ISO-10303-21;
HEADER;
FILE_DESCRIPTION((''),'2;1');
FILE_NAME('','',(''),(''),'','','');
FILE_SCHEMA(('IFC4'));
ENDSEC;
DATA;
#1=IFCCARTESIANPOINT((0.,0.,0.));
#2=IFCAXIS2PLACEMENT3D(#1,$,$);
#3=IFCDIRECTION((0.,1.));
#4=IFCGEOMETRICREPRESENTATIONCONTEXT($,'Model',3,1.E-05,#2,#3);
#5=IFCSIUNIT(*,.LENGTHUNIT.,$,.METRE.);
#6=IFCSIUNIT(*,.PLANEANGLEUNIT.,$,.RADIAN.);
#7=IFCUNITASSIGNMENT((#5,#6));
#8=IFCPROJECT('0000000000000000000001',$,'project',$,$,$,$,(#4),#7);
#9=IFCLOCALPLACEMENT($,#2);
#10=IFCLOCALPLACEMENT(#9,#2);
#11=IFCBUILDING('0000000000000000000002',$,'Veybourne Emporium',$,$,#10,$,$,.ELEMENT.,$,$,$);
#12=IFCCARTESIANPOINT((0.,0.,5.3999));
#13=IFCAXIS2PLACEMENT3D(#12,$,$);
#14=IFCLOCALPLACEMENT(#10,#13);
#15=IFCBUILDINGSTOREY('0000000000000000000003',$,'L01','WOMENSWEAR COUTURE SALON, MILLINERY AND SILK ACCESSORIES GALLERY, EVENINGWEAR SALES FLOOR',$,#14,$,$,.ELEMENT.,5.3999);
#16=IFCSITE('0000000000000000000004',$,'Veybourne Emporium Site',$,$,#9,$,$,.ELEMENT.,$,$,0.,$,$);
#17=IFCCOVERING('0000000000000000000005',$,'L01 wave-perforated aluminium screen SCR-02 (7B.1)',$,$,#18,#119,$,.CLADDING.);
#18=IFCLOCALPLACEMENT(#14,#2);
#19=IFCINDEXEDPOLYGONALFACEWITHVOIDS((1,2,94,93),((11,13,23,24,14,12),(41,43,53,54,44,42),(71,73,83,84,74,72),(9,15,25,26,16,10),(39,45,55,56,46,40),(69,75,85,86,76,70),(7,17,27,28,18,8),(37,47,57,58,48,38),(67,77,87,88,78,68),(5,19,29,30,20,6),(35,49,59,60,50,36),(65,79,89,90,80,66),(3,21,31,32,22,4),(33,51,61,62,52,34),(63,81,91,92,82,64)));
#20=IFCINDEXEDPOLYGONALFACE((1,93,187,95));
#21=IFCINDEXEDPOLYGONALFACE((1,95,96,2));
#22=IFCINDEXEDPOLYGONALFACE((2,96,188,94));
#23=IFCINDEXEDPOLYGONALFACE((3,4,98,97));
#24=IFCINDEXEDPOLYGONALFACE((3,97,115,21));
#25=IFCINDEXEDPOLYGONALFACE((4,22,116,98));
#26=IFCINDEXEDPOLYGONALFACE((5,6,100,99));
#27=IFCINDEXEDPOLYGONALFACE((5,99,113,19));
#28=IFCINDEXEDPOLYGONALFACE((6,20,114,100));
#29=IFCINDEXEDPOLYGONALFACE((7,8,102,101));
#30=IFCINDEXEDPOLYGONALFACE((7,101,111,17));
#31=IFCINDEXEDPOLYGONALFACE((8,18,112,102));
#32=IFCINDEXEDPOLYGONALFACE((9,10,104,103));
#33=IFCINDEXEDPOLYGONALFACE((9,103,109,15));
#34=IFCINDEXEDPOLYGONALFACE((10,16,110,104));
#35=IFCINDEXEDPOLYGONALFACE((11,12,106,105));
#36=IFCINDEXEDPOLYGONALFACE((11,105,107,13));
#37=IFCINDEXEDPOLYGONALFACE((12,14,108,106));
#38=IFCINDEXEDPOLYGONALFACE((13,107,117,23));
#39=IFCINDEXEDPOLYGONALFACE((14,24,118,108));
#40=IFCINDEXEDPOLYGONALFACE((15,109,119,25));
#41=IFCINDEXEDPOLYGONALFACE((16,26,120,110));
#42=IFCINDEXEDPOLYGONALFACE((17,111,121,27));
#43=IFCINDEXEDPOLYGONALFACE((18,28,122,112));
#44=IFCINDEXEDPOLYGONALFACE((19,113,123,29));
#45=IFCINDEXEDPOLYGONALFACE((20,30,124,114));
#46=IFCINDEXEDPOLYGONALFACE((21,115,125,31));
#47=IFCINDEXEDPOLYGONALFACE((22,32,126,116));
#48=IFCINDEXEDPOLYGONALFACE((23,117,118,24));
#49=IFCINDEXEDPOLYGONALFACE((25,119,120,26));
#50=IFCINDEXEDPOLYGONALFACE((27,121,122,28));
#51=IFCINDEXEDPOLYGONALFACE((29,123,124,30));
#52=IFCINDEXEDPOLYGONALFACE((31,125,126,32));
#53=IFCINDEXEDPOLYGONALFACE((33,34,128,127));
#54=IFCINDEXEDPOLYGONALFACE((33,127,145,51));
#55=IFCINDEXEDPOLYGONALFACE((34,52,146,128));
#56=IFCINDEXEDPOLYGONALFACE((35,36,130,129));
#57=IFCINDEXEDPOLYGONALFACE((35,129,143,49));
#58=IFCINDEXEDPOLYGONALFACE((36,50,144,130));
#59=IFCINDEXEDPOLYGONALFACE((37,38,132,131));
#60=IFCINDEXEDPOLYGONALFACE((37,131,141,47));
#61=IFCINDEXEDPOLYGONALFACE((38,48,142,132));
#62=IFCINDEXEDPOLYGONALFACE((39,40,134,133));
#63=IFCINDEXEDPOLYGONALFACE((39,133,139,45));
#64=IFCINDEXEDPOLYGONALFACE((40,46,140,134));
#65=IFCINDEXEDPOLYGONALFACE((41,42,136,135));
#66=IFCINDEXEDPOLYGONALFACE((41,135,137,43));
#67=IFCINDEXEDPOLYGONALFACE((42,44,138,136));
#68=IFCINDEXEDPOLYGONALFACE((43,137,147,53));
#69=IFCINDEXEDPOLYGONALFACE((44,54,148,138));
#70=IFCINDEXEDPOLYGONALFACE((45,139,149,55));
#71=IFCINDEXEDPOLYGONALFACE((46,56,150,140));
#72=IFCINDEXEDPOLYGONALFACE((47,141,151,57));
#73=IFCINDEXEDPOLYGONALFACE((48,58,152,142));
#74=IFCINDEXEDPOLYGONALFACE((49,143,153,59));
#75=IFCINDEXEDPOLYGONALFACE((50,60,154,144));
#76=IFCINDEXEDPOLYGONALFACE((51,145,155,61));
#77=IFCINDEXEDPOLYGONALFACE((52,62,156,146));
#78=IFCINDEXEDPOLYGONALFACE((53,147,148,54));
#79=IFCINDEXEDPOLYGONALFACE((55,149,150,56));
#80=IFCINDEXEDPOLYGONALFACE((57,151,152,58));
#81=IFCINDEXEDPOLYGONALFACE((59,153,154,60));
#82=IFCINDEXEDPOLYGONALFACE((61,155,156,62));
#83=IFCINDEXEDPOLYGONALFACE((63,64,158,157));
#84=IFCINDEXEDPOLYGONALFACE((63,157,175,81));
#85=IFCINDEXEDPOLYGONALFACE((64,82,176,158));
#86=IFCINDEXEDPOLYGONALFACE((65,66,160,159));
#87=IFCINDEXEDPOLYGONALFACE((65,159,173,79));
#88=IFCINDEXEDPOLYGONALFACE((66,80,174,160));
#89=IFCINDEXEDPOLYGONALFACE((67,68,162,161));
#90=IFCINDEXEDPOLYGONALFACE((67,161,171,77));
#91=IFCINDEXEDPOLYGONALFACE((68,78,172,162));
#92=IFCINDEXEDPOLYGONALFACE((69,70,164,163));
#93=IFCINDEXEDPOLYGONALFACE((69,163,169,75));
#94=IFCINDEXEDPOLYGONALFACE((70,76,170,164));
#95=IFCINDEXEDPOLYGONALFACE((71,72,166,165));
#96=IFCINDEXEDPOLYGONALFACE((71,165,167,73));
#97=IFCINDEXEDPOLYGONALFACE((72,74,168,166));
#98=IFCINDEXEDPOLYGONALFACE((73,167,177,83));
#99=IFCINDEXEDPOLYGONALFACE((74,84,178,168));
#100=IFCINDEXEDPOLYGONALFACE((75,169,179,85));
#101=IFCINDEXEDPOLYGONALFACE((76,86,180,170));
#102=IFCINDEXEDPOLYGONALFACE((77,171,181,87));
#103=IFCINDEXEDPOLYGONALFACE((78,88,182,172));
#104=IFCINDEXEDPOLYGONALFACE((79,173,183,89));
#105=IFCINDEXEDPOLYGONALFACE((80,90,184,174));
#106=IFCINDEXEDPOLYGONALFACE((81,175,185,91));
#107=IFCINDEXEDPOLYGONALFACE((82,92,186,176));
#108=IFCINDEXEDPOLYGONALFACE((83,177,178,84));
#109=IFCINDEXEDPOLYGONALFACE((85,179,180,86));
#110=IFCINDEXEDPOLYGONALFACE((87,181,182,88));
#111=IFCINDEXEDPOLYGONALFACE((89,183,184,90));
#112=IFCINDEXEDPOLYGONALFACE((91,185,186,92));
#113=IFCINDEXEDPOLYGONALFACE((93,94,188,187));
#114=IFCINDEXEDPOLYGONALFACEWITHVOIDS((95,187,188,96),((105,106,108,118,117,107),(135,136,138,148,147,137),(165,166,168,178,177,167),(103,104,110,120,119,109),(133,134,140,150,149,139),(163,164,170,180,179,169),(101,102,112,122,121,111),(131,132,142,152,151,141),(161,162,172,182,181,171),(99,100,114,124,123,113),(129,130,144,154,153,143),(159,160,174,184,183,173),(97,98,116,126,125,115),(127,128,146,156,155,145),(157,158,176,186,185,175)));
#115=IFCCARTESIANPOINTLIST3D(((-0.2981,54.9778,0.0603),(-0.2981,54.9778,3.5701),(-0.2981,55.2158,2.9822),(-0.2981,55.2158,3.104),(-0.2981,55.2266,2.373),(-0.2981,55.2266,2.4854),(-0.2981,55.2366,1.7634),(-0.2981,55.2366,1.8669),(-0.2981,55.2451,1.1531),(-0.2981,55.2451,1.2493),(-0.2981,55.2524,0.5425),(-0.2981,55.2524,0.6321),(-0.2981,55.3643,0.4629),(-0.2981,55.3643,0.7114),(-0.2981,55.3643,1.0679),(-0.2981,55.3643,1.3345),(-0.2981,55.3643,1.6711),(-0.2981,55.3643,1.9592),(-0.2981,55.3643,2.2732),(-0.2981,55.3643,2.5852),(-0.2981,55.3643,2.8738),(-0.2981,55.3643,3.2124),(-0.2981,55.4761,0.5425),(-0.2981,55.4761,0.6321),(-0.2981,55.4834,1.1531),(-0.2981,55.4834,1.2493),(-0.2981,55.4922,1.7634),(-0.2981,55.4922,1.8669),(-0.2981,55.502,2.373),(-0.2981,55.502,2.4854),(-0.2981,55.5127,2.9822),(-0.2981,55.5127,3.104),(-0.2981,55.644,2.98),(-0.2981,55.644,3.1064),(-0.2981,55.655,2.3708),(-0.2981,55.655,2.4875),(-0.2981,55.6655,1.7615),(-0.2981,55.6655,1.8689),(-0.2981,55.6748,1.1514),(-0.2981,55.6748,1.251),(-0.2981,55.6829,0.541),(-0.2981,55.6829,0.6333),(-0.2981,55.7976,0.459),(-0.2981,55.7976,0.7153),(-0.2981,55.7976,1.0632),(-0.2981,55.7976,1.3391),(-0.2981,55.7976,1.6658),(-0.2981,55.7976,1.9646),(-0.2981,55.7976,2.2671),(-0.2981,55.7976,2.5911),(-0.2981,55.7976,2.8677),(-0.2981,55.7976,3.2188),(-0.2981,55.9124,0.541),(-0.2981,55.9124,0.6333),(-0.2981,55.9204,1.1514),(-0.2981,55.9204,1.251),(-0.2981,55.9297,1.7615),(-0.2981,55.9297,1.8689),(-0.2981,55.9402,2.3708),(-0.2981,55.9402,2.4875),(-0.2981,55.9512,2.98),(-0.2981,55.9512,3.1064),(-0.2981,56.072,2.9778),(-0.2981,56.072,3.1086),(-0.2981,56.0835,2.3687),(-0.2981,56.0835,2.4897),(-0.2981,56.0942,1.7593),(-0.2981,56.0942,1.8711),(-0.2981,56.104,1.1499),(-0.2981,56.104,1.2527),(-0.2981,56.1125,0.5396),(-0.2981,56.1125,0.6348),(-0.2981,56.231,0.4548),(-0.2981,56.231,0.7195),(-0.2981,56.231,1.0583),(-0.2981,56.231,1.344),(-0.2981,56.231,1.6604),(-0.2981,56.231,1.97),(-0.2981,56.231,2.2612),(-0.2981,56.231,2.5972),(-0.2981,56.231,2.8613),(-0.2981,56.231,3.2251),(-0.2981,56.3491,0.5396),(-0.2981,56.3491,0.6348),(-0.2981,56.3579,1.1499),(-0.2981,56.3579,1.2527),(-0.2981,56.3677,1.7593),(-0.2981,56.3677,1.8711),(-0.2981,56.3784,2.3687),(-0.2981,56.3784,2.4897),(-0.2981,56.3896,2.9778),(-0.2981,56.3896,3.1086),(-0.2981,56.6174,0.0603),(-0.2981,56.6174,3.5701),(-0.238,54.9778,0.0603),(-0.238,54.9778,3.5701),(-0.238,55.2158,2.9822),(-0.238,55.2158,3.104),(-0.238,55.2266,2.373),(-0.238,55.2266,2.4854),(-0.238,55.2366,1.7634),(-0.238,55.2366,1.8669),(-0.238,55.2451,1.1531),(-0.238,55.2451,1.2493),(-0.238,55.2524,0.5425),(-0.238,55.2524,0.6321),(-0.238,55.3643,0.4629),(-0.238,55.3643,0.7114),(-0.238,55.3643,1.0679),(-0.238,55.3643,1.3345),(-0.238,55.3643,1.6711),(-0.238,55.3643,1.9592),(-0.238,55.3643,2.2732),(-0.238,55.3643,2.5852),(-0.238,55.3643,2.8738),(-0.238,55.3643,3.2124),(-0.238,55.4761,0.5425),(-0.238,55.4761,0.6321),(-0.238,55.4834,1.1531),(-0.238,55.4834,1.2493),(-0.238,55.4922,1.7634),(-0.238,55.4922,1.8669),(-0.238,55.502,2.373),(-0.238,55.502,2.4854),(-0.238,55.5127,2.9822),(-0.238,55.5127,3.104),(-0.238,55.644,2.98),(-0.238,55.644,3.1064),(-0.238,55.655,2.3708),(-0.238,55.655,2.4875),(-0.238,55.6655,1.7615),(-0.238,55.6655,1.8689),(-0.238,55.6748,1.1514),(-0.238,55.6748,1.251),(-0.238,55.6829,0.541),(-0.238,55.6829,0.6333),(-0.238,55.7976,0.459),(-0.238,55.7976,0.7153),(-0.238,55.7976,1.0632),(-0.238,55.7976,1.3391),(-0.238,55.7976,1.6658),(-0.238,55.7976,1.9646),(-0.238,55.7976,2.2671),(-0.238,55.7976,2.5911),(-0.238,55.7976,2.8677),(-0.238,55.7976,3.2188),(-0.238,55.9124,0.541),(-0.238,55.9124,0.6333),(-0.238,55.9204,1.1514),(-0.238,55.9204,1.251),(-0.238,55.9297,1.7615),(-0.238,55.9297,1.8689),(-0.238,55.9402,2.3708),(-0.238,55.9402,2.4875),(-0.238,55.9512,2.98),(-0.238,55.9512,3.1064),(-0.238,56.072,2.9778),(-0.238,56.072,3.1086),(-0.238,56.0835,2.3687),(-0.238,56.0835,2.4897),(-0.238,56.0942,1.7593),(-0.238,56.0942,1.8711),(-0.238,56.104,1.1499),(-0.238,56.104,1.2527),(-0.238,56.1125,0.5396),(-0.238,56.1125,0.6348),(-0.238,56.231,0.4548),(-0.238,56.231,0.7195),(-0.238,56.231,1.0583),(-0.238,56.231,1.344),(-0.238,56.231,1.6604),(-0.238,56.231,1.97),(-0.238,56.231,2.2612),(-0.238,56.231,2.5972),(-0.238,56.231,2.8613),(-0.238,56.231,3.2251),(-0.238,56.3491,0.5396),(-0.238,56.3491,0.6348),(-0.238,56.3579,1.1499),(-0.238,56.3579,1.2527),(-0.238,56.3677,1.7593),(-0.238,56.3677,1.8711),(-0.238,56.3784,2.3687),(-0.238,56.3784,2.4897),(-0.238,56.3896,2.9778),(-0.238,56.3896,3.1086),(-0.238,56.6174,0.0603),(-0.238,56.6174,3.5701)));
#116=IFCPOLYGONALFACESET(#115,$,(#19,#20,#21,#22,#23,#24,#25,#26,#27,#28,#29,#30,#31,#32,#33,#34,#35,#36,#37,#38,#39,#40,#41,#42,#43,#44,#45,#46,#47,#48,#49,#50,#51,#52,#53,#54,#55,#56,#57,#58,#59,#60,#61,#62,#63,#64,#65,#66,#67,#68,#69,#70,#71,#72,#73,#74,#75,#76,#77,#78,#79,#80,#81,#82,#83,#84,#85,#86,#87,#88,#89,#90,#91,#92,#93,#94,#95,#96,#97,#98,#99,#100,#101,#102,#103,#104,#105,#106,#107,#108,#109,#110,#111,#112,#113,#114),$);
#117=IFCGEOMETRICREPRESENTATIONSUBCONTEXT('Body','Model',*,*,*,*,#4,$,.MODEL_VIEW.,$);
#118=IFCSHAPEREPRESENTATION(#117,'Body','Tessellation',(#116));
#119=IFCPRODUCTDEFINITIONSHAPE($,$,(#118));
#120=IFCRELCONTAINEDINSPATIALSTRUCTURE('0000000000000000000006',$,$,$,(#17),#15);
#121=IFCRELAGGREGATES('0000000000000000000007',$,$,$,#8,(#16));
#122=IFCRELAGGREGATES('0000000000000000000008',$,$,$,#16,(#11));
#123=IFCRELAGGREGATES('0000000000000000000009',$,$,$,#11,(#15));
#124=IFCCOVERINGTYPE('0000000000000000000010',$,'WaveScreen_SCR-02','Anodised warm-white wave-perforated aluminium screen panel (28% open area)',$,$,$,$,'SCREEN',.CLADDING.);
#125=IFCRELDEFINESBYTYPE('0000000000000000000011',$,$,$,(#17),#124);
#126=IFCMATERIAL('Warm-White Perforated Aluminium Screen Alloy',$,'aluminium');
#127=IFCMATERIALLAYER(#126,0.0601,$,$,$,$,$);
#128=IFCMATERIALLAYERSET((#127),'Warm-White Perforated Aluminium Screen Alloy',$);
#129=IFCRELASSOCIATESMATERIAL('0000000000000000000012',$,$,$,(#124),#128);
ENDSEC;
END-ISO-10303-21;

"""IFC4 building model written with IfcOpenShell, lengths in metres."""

from ifc_helpers import new_model, si_unit, direction, frame, origin, place, context, subcontext, project, spatial, polyline, outline, extrude, material, layer, layer_set, type_object, element, save


model = new_model("IFC4")

# Units and contexts
model_context = context("Model", 3, precision=1e-05, world=origin(), true_north=direction((0.0, 1.0)))
body_context = subcontext(model_context, "Body", "Model", "MODEL_VIEW")
ifc_project = project(units=[si_unit("LENGTHUNIT", "METRE"), si_unit("PLANEANGLEUNIT", "RADIAN")], contexts=[model_context])

# Site, building, storey
site_placement = place(None, origin())
site = spatial("IfcSite", under=ifc_project, at=site_placement, Name="Veybourne Emporium Site", CompositionType="ELEMENT", RefElevation=0.0)
building_placement = place(site_placement, origin())
building = spatial("IfcBuilding", under=site, at=building_placement, Name="Veybourne Emporium", CompositionType="ELEMENT")
storey_placement = place(building_placement, frame((0.0, 0.0, 5.3999)))
storey = spatial("IfcBuildingStorey", under=building, at=storey_placement, Name="L01", Description="WOMENSWEAR COUTURE SALON, MILLINERY AND SILK ACCESSORIES GALLERY, EVENINGWEAR SALES FLOOR", CompositionType="ELEMENT", Elevation=5.3999)

# Covering
ifc_material_1 = material(Name="Warm-White Perforated Aluminium Screen Alloy", Category="aluminium")
ifc_layer_1 = layer(ifc_material_1, 0.0601)
ifc_layer_set_1 = layer_set([ifc_layer_1], Name="Warm-White Perforated Aluminium Screen Alloy")
covering_type_1 = type_object("IfcCoveringType", Name="WaveScreen_SCR-02", Description="Anodised warm-white wave-perforated aluminium screen panel (28% open area)", ElementType="SCREEN", PredefinedType="CLADDING", material=ifc_layer_set_1)
covering_1_placement = place(storey_placement, frame((-0.2981, 55.7976, 1.8152), z_axis=(1.0, 0.0, 0.0), x_axis=(0.0, 1.0, 0.0)))
element("IfcCovering", 1, at=covering_1_placement, inside=storey, type_object=covering_type_1, Name="L01 wave-perforated aluminium screen SCR-02 (7B.1)", PredefinedType="CLADDING", context=body_context, shape_type="SweptSolid", body=[
    extrude(outline(polyline([(-0.8198, -1.7549), (0.8198, -1.7549), (0.8198, 1.7549), (-0.8198, 1.7549), (-0.8198, -1.7549)]), holes=[polyline([(-0.4333, -1.1038), (-0.3215, -1.1831), (-0.3215, -1.2727), (-0.4333, -1.3523), (-0.5452, -1.2727), (-0.5452, -1.1831), (-0.4333, -1.1038)]), polyline([(-0.4333, -0.4807), (-0.3142, -0.5659), (-0.3142, -0.6621), (-0.4333, -0.7473), (-0.5525, -0.6621), (-0.5525, -0.5659), (-0.4333, -0.4807)]), polyline([(-0.4333, 0.144), (-0.3054, 0.0518), (-0.3054, -0.0518), (-0.4333, -0.144), (-0.561, -0.0518), (-0.561, 0.0518), (-0.4333, 0.144)]), polyline([(-0.4333, 0.77), (-0.2957, 0.6702), (-0.2957, 0.5579), (-0.4333, 0.458), (-0.571, 0.5579), (-0.571, 0.6702), (-0.4333, 0.77)]), polyline([(-0.4333, 1.3972), (-0.2849, 1.2888), (-0.2849, 1.167), (-0.4333, 1.0586), (-0.5818, 1.167), (-0.5818, 1.2888), (-0.4333, 1.3972)]), polyline([(0.0, -1.0999), (0.1147, -1.1819), (0.1147, -1.2742), (0.0, -1.3562), (-0.1147, -1.2742), (-0.1147, -1.1819), (0.0, -1.0999)]), polyline([(0.0, -0.4761), (0.1228, -0.5642), (0.1228, -0.6638), (0.0, -0.752), (-0.1228, -0.6638), (-0.1228, -0.5642), (0.0, -0.4761)]), polyline([(0.0, 0.1494), (0.1321, 0.0537), (0.1321, -0.0537), (0.0, -0.1494), (-0.1321, -0.0537), (-0.1321, 0.0537), (0.0, 0.1494)]), polyline([(0.0, 0.7759), (0.1426, 0.6724), (0.1426, 0.5557), (0.0, 0.4519), (-0.1426, 0.5557), (-0.1426, 0.6724), (0.0, 0.7759)]), polyline([(0.0, 1.4036), (0.1536, 1.2913), (0.1536, 1.1648), (0.0, 1.0525), (-0.1536, 1.1648), (-0.1536, 1.2913), (0.0, 1.4036)]), polyline([(0.4333, -1.0957), (0.5515, -1.1804), (0.5515, -1.2756), (0.4333, -1.3604), (0.3149, -1.2756), (0.3149, -1.1804), (0.4333, -1.0957)]), polyline([(0.4333, -0.4712), (0.5603, -0.5625), (0.5603, -0.6653), (0.4333, -0.7568), (0.3064, -0.6653), (0.3064, -0.5625), (0.4333, -0.4712)]), polyline([(0.4333, 0.1548), (0.5701, 0.0559), (0.5701, -0.0559), (0.4333, -0.1548), (0.2966, -0.0559), (0.2966, 0.0559), (0.4333, 0.1548)]), polyline([(0.4333, 0.782), (0.5808, 0.6746), (0.5808, 0.5535), (0.4333, 0.446), (0.2859, 0.5535), (0.2859, 0.6746), (0.4333, 0.782)]), polyline([(0.4333, 1.4099), (0.592, 1.2935), (0.592, 1.1626), (0.4333, 1.0461), (0.2744, 1.1626), (0.2744, 1.2935), (0.4333, 1.4099)])]), origin(), (0.0, 0.0, 1.0), 0.0601),
])

save(model, "model.ifc")
